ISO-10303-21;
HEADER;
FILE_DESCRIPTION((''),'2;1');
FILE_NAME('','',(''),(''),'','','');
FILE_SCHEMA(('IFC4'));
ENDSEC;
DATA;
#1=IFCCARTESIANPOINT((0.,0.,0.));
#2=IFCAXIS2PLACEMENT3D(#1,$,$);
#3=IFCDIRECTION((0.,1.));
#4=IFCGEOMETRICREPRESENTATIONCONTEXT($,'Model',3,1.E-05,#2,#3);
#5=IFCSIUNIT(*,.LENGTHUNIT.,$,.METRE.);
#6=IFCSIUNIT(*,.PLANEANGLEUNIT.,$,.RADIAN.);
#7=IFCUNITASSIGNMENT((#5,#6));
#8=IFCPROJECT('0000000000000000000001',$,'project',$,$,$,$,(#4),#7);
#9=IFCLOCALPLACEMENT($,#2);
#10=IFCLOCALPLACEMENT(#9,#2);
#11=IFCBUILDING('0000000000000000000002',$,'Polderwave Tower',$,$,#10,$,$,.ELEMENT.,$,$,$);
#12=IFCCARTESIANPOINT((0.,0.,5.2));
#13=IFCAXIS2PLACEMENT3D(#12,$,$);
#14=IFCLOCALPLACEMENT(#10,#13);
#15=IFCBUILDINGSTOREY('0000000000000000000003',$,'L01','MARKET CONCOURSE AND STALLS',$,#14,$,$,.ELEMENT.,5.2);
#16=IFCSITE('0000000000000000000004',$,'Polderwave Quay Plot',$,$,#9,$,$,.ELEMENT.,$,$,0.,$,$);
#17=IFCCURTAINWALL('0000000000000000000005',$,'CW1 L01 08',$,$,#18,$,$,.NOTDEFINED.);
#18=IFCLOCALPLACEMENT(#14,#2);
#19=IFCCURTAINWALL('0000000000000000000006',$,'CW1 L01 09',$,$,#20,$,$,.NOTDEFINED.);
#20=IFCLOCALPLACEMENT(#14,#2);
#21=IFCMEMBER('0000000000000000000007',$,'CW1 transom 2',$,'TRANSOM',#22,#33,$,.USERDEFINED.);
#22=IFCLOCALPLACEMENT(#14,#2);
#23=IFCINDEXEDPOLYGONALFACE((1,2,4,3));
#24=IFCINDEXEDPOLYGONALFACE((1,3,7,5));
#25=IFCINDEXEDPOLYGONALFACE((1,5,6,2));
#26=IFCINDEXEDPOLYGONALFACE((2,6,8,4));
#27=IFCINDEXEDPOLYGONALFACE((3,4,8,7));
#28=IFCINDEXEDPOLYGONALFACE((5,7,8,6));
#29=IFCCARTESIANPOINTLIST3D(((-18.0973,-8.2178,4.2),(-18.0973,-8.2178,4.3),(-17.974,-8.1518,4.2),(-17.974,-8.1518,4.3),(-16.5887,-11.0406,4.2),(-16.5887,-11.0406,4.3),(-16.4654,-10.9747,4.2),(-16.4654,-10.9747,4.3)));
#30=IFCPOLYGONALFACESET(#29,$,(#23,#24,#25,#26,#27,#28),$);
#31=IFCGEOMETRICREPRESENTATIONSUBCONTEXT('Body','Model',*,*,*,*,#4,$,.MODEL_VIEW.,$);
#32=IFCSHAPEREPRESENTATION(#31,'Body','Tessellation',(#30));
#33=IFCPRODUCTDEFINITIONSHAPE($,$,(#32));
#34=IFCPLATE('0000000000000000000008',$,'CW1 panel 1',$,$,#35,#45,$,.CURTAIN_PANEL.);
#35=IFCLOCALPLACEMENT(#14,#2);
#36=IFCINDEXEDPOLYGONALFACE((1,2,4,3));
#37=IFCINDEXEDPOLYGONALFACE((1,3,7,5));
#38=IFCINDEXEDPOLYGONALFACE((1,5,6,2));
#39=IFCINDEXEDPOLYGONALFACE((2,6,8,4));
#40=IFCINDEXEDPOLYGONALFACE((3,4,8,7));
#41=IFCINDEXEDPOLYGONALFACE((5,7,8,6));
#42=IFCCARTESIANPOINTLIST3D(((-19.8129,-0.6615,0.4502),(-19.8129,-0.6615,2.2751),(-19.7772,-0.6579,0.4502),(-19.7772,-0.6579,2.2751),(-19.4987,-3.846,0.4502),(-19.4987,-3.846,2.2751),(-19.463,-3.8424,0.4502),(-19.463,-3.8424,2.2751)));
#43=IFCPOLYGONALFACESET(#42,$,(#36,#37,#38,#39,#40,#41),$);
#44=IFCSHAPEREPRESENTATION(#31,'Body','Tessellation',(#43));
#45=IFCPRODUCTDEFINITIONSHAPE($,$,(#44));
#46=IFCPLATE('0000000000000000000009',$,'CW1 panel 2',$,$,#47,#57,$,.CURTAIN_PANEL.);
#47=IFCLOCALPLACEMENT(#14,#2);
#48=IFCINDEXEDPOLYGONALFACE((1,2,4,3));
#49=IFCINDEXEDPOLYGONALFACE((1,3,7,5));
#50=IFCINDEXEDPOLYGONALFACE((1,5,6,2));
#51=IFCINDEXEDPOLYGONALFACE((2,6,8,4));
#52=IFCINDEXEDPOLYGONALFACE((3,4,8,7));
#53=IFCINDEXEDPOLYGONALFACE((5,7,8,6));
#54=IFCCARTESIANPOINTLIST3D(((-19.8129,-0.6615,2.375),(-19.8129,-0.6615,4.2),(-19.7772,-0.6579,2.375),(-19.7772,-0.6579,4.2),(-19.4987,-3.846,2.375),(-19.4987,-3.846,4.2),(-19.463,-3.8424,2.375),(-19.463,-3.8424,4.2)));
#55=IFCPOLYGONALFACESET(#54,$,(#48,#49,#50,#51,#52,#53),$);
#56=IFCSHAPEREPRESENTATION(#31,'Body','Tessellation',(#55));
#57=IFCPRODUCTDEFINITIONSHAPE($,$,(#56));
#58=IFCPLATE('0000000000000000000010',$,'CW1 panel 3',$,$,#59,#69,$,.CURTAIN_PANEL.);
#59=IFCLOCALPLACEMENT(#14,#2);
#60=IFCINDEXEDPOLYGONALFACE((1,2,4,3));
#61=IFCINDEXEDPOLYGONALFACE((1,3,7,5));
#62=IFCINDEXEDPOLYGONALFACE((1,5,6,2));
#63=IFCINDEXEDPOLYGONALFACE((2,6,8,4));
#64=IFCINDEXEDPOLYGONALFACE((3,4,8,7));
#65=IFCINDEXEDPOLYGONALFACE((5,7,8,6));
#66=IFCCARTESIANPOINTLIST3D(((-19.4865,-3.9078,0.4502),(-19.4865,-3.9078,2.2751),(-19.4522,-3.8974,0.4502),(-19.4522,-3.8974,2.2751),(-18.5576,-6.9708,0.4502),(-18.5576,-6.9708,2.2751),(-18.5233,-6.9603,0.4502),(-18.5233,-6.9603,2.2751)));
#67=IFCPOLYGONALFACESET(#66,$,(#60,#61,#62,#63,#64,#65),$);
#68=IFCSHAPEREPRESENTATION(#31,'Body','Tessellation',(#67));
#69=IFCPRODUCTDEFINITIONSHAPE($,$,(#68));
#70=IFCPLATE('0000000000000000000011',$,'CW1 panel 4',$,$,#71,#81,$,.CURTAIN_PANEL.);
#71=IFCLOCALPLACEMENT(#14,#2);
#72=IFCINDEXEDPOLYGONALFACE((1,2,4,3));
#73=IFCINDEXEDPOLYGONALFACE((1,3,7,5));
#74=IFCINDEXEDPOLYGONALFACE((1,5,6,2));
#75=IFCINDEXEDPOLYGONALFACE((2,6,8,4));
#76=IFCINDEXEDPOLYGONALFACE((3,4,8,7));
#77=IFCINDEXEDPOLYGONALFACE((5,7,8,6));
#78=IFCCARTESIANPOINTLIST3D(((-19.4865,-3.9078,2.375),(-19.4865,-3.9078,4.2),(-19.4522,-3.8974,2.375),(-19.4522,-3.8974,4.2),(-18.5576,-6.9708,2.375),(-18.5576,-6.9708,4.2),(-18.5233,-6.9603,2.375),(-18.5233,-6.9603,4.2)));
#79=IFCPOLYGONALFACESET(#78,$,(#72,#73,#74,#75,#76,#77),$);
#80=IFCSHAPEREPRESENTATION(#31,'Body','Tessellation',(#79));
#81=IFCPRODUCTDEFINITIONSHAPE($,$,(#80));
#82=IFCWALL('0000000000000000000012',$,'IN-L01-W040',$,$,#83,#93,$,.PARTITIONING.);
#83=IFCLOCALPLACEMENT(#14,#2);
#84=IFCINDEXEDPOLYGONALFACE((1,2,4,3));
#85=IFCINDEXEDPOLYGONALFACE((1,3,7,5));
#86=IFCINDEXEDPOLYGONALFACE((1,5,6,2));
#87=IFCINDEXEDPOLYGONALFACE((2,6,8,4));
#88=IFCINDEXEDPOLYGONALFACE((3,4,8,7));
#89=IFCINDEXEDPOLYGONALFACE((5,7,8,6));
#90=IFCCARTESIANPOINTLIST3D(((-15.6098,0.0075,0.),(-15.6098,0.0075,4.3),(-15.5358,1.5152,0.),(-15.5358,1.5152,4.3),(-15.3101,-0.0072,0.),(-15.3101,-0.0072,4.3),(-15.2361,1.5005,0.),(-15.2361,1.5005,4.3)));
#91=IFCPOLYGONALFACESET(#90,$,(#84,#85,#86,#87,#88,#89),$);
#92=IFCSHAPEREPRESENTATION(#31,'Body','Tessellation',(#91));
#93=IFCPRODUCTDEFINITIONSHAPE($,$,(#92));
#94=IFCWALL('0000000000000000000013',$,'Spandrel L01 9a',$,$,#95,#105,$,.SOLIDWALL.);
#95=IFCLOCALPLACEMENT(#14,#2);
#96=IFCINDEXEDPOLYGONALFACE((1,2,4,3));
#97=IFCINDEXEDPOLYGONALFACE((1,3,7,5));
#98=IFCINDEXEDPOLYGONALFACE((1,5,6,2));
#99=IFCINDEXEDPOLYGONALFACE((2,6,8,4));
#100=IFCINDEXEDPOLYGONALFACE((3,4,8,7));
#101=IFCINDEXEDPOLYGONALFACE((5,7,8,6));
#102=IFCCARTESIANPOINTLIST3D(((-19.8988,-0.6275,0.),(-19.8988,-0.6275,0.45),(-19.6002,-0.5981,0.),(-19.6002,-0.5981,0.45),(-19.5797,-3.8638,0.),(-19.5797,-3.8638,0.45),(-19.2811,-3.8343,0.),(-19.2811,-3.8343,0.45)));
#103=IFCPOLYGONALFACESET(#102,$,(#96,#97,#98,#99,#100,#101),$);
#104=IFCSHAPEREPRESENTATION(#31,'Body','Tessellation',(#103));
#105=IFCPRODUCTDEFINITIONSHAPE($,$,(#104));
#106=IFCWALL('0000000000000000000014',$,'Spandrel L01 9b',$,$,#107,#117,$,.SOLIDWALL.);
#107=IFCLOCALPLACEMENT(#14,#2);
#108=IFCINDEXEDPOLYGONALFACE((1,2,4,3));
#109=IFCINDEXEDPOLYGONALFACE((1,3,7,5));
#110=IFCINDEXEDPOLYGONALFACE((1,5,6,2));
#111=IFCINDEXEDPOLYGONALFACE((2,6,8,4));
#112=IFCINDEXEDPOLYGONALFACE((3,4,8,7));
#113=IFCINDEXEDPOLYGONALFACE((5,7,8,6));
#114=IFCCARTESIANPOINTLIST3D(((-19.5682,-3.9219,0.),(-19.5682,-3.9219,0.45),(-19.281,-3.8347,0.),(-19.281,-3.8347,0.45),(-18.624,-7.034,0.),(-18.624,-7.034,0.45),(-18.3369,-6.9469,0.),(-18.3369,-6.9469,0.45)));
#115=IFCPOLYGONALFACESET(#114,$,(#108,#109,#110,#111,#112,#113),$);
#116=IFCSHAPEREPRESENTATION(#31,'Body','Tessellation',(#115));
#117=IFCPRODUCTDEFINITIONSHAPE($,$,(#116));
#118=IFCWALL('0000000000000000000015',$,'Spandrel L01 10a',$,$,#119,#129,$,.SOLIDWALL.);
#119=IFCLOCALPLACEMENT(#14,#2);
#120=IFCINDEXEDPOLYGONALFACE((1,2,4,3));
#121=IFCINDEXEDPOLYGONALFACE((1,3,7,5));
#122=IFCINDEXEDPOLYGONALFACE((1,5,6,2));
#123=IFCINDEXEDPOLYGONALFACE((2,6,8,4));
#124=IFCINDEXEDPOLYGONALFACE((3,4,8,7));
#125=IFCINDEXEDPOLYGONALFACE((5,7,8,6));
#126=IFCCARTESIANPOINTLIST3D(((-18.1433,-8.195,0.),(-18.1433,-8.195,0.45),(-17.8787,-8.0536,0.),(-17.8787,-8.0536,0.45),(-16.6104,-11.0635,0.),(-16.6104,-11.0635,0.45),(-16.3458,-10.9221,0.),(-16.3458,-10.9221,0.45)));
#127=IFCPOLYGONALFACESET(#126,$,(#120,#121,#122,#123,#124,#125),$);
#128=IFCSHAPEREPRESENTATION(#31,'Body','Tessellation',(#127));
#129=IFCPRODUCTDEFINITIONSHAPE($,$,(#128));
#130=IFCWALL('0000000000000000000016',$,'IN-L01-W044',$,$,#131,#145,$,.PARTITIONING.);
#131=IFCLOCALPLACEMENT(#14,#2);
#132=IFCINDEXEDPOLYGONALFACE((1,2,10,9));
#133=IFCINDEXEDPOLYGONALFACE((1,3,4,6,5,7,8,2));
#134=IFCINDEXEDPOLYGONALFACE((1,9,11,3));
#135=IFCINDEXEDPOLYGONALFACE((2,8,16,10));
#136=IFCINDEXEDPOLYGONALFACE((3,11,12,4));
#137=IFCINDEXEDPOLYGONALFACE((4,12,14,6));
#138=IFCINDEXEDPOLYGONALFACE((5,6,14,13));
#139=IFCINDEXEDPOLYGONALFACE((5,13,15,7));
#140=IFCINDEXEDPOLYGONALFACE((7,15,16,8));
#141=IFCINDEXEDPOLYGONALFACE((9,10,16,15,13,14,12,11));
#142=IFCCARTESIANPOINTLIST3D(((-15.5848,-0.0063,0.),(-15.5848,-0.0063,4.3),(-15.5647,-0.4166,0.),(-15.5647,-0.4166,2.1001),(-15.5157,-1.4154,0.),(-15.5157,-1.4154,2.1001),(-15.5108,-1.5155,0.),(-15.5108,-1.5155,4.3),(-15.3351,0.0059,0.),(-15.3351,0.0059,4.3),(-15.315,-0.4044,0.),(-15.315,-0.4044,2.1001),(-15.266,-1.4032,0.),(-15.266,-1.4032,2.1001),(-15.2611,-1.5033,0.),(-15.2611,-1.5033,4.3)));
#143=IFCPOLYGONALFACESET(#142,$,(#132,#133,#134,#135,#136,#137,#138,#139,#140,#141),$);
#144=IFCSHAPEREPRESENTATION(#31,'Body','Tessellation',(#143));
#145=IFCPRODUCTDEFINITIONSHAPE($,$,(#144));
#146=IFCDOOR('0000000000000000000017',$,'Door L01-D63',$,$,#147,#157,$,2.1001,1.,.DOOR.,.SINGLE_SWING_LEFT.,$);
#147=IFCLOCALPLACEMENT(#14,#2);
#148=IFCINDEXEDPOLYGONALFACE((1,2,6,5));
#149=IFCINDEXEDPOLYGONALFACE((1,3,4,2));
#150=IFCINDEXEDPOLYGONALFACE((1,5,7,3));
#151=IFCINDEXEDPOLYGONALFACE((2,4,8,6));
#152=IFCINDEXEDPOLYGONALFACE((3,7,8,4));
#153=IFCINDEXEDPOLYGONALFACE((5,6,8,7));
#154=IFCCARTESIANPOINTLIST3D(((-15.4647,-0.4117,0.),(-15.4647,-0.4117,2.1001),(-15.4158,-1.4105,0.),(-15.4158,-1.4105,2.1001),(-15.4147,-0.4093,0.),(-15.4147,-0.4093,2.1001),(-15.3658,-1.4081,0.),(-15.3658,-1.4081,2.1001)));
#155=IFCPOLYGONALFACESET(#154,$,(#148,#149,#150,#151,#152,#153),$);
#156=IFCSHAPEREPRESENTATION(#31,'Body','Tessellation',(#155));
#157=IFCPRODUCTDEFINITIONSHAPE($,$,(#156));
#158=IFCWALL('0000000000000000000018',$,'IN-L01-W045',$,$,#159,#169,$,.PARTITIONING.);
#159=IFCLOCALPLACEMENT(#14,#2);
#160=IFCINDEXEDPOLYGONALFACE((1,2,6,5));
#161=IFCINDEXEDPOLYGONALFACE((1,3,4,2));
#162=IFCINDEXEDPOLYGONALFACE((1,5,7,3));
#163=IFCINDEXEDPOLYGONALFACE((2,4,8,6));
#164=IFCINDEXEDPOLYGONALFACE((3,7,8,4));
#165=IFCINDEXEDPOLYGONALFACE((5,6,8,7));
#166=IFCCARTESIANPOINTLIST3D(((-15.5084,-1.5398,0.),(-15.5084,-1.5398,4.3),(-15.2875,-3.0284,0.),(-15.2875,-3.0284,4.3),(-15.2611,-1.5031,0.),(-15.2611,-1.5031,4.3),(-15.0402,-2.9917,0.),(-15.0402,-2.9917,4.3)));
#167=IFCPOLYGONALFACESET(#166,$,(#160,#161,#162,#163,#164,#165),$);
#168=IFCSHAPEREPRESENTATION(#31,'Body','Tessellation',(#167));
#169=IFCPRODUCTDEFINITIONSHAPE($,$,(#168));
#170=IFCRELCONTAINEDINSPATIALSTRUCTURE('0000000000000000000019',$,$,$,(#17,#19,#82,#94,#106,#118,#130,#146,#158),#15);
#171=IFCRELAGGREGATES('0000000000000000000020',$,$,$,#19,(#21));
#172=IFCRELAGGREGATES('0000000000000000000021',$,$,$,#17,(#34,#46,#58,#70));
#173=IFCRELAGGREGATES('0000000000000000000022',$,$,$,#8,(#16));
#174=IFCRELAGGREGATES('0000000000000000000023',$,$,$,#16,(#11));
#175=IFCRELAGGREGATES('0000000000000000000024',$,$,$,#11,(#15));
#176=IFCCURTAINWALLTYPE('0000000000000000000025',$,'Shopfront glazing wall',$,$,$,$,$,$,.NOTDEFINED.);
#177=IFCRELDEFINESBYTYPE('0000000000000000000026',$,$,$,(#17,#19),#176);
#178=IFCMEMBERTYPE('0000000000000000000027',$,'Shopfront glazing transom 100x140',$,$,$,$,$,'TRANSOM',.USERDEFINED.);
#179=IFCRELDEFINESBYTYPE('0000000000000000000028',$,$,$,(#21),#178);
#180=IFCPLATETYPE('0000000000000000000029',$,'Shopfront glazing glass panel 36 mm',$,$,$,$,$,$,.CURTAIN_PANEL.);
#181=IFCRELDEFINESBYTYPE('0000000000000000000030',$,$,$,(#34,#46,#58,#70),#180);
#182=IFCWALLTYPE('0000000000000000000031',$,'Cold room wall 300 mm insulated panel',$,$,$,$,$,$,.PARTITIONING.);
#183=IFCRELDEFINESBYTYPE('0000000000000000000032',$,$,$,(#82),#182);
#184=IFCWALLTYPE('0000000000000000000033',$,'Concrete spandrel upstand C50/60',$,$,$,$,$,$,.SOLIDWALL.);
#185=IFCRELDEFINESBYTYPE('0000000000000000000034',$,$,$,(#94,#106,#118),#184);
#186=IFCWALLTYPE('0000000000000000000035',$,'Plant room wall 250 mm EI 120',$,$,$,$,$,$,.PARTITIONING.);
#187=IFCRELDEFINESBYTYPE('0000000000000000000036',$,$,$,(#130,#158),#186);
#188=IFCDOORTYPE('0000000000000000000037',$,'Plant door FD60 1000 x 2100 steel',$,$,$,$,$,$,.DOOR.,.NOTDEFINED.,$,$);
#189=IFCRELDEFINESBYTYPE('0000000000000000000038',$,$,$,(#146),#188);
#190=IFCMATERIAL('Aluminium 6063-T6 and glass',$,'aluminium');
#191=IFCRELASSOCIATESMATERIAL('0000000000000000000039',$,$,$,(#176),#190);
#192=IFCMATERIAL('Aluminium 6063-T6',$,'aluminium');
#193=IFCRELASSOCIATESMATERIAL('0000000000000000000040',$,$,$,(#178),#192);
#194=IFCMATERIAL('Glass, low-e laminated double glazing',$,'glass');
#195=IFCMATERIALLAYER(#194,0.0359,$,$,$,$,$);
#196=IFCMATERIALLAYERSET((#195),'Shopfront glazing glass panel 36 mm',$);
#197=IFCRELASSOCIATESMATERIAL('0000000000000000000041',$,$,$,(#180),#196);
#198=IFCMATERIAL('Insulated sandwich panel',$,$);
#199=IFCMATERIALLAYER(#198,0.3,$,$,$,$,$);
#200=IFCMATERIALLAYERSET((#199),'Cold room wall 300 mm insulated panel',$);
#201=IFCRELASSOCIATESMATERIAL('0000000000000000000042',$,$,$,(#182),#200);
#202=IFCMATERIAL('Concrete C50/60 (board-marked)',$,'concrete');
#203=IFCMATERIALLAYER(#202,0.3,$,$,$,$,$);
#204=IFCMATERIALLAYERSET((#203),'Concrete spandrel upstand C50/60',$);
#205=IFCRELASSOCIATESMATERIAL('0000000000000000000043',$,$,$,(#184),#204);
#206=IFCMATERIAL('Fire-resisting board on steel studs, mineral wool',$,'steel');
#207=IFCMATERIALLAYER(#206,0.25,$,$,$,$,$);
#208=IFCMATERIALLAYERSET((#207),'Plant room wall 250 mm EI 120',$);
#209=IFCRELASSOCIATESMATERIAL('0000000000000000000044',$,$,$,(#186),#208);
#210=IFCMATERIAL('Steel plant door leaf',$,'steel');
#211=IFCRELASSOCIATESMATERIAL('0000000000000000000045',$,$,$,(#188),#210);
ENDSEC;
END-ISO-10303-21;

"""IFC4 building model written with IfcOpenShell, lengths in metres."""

from ifc_helpers import new_model, si_unit, direction, frame, frame_2d, origin, origin_2d, place, context, subcontext, project, spatial, rectangle, extrude, material, layer, layer_set, material_profile, profile_set, type_object, element, fill, aggregate, save


model = new_model("IFC4")

# Units and contexts
model_context = context("Model", 3, precision=1e-05, world=origin(), true_north=direction((0.0, 1.0)))
body_context = subcontext(model_context, "Body", "Model", "MODEL_VIEW")
ifc_project = project(units=[si_unit("LENGTHUNIT", "METRE"), si_unit("PLANEANGLEUNIT", "RADIAN")], contexts=[model_context])

# Site, building, storey
site_placement = place(None, origin())
site = spatial("IfcSite", under=ifc_project, at=site_placement, Name="Polderwave Quay Plot", CompositionType="ELEMENT", RefElevation=0.0)
building_placement = place(site_placement, origin())
building = spatial("IfcBuilding", under=site, at=building_placement, Name="Polderwave Tower", CompositionType="ELEMENT")
storey_placement = place(building_placement, frame((0.0, 0.0, 5.2)))
storey = spatial("IfcBuildingStorey", under=building, at=storey_placement, Name="L01", Description="MARKET CONCOURSE AND STALLS", CompositionType="ELEMENT", Elevation=5.2)

# Curtain wall
ifc_material_1 = material(Name="Aluminium 6063-T6 and glass", Category="aluminium")
curtain_wall_type = type_object("IfcCurtainWallType", Name="Shopfront glazing wall", PredefinedType="NOTDEFINED", material=ifc_material_1)
curtain_wall_1_placement = place(storey_placement, origin())
curtain_wall_1 = element("IfcCurtainWall", 1, at=curtain_wall_1_placement, inside=storey, type_object=curtain_wall_type, Name="CW1 L01 08", PredefinedType="NOTDEFINED")
ifc_material_2 = material(Name="Aluminium 6063-T6", Category="aluminium")

# Curtain wall
curtain_wall_2_placement = place(storey_placement, origin())
curtain_wall_2 = element("IfcCurtainWall", 2, at=curtain_wall_2_placement, inside=storey, type_object=curtain_wall_type, Name="CW1 L01 09", PredefinedType="NOTDEFINED")

# Member
ifc_material_profile_1 = material_profile(ifc_material_2, rectangle(XDim=0.1399, YDim=0.1001, at=origin_2d()), Name="AL 100x140")
ifc_profile_set_1 = profile_set([ifc_material_profile_1], Name="Aluminium 6063-T6")
member_type_1 = type_object("IfcMemberType", Name="Shopfront glazing transom 100x140", ElementType="TRANSOM", PredefinedType="USERDEFINED", material=ifc_profile_set_1)
member_1_placement = place(storey_placement, frame((-18.0356, -8.1848, 4.25), z_axis=(0.471336, -0.881954, 0.0), x_axis=(0.881954, 0.471336, 0.0)))
member_1 = element("IfcMember", 3, at=member_1_placement, type_object=member_type_1, Name="CW1 transom 2", ObjectType="TRANSOM", PredefinedType="USERDEFINED", context=body_context, shape_type="SweptSolid", body=[
    extrude(rectangle(XDim=0.1399, YDim=0.1001, at=origin_2d()), origin(), (0.0, 0.0, 1.0), 3.2007),
])
aggregate(curtain_wall_2, [member_1])

# Plates
ifc_material_3 = material(Name="Glass, low-e laminated double glazing", Category="glass")
ifc_layer_1 = layer(ifc_material_3, 0.0359)
ifc_layer_set_1 = layer_set([ifc_layer_1], Name="Shopfront glazing glass panel 36 mm")
plate_type = type_object("IfcPlateType", Name="Shopfront glazing glass panel 36 mm", PredefinedType="CURTAIN_PANEL", material=ifc_layer_set_1)
plate_1_placement = place(storey_placement, frame((-19.6379, -2.252, 0.4502), z_axis=(0.0, 0.0, 1.0), x_axis=(0.098179, -0.995169, 0.0)))
plate_1 = element("IfcPlate", 4, at=plate_1_placement, type_object=plate_type, Name="CW1 panel 1", PredefinedType="CURTAIN_PANEL", context=body_context, shape_type="SweptSolid", body=[
    extrude(rectangle(XDim=3.2, YDim=0.0359, at=origin_2d()), origin(), (0.0, 0.0, 1.0), 1.825),
])
plate_2_placement = place(storey_placement, frame((-19.6379, -2.252, 2.375), z_axis=(0.0, 0.0, 1.0), x_axis=(0.098179, -0.995169, 0.0)))
plate_2 = element("IfcPlate", 5, at=plate_2_placement, type_object=plate_type, Name="CW1 panel 2", PredefinedType="CURTAIN_PANEL", context=body_context, shape_type="SweptSolid", body=[
    extrude(rectangle(XDim=3.2, YDim=0.0359, at=origin_2d()), origin(), (0.0, 0.0, 1.0), 1.825),
])
plate_3_placement = place(storey_placement, frame((-19.0049, -5.4341, 0.4502), z_axis=(0.0, 0.0, 1.0), x_axis=(0.290218, -0.956961, 0.0)))
plate_3 = element("IfcPlate", 6, at=plate_3_placement, type_object=plate_type, Name="CW1 panel 3", PredefinedType="CURTAIN_PANEL", context=body_context, shape_type="SweptSolid", body=[
    extrude(rectangle(XDim=3.2007, YDim=0.0359, at=origin_2d()), origin(), (0.0, 0.0, 1.0), 1.825),
])
plate_4_placement = place(storey_placement, frame((-19.0049, -5.4341, 2.375), z_axis=(0.0, 0.0, 1.0), x_axis=(0.290218, -0.956961, 0.0)))
plate_4 = element("IfcPlate", 7, at=plate_4_placement, type_object=plate_type, Name="CW1 panel 4", PredefinedType="CURTAIN_PANEL", context=body_context, shape_type="SweptSolid", body=[
    extrude(rectangle(XDim=3.2007, YDim=0.0359, at=origin_2d()), origin(), (0.0, 0.0, 1.0), 1.825),
])
aggregate(curtain_wall_1, [plate_1, plate_2, plate_3, plate_4])

# Walls
ifc_material_4 = material(Name="Insulated sandwich panel")
ifc_layer_2 = layer(ifc_material_4, 0.3)
ifc_layer_set_2 = layer_set([ifc_layer_2], Name="Cold room wall 300 mm insulated panel")
wall_type_1 = type_object("IfcWallType", Name="Cold room wall 300 mm insulated panel", PredefinedType="PARTITIONING", material=ifc_layer_set_2)
wall_1_placement = place(storey_placement, frame((-15.46, 0.0, 0.0), z_axis=(0.0, 0.0, 1.0), x_axis=(0.049002, 0.998799, 0.0)))
element("IfcWall", 8, at=wall_1_placement, inside=storey, type_object=wall_type_1, Name="IN-L01-W040", PredefinedType="PARTITIONING", context=body_context, shape_type="SweptSolid", body=[
    extrude(rectangle(XDim=1.5095, YDim=0.3, at=frame_2d((0.7549, 0.0))), origin(), (0.0, 0.0, 1.0), 4.3),
])
ifc_material_5 = material(Name="Concrete C50/60 (board-marked)", Category="concrete")
ifc_layer_3 = layer(ifc_material_5, 0.3)
ifc_layer_set_3 = layer_set([ifc_layer_3], Name="Concrete spandrel upstand C50/60")
wall_type_2 = type_object("IfcWallType", Name="Concrete spandrel upstand C50/60", PredefinedType="SOLIDWALL", material=ifc_layer_set_3)
wall_2_placement = place(storey_placement, frame((-19.7495, -0.6128, 0.0), z_axis=(0.0, 0.0, 1.0), x_axis=(0.098121, -0.995174, 0.0)))
element("IfcWall", 9, at=wall_2_placement, inside=storey, type_object=wall_type_2, Name="Spandrel L01 9a", PredefinedType="SOLIDWALL", context=body_context, shape_type="SweptSolid", body=[
    extrude(rectangle(XDim=3.252, YDim=0.3, at=frame_2d((1.626, 0.0))), origin(), (0.0, 0.0, 1.0), 0.45),
])
wall_3_placement = place(storey_placement, frame((-19.4246, -3.8784, 0.0), z_axis=(0.0, 0.0, 1.0), x_axis=(0.290301, -0.956935, 0.0)))
element("IfcWall", 10, at=wall_3_placement, inside=storey, type_object=wall_type_2, Name="Spandrel L01 9b", PredefinedType="SOLIDWALL", context=body_context, shape_type="SweptSolid", body=[
    extrude(rectangle(XDim=3.2522, YDim=0.3, at=frame_2d((1.626, 0.0))), origin(), (0.0, 0.0, 1.0), 0.45),
])
wall_4_placement = place(storey_placement, frame((-18.011, -8.1243, 0.0), z_axis=(0.0, 0.0, 1.0), x_axis=(0.471309, -0.881968, 0.0)))
element("IfcWall", 11, at=wall_4_placement, inside=storey, type_object=wall_type_2, Name="Spandrel L01 10a", PredefinedType="SOLIDWALL", context=body_context, shape_type="SweptSolid", body=[
    extrude(rectangle(XDim=3.2524, YDim=0.3, at=frame_2d((1.6262, 0.0))), origin(), (0.0, 0.0, 1.0), 0.45),
])

# Wall, opening, door
ifc_material_6 = material(Name="Fire-resisting board on steel studs, mineral wool", Category="steel")
ifc_layer_4 = layer(ifc_material_6, 0.25)
ifc_layer_set_4 = layer_set([ifc_layer_4], Name="Plant room wall 250 mm EI 120")
wall_type_3 = type_object("IfcWallType", Name="Plant room wall 250 mm EI 120", PredefinedType="PARTITIONING", material=ifc_layer_set_4)
wall_5_placement = place(storey_placement, frame((-15.386, -1.5093, 0.0), z_axis=(0.0, 0.0, 1.0), x_axis=(-0.048954, 0.998801, 0.0)))
wall_5 = element("IfcWall", 12, at=wall_5_placement, inside=storey, type_object=wall_type_3, Name="IN-L01-W044", PredefinedType="PARTITIONING", context=body_context, shape_type="SweptSolid", body=[
    extrude(rectangle(XDim=1.511, YDim=0.25, at=frame_2d((0.7554, 0.0))), origin(), (0.0, 0.0, 1.0), 4.3),
])
opening_placement = place(wall_5_placement, frame((0.1001, 0.0, 0.0)))
opening = element("IfcOpeningElement", 13, at=opening_placement, cuts=wall_5, PredefinedType="OPENING", context=body_context, shape_type="SweptSolid", body=[
    extrude(rectangle(XDim=1.0, YDim=2.1001, at=frame_2d((0.5, 1.05))), frame((0.0, 0.135, 0.0), z_axis=(0.0, -1.0, 0.0), x_axis=(1.0, 0.0, 0.0)), (0.0, 0.0, 1.0), 0.27),
])
ifc_material_7 = material(Name="Steel plant door leaf", Category="steel")
door_type = type_object("IfcDoorType", Name="Plant door FD60 1000 x 2100 steel", OperationType="NOTDEFINED", PredefinedType="DOOR", material=ifc_material_7)
door_placement = place(opening_placement, origin())
door = element("IfcDoor", 14, at=door_placement, inside=storey, type_object=door_type, Name="Door L01-D63", OperationType="SINGLE_SWING_LEFT", OverallHeight=2.1001, OverallWidth=1.0, PredefinedType="DOOR", context=body_context, shape_type="SweptSolid", body=[
    extrude(rectangle(XDim=1.0, YDim=2.1001, at=frame_2d((0.5, 1.05))), frame((0.0, 0.0249, 0.0), z_axis=(0.0, -1.0, 0.0), x_axis=(1.0, 0.0, 0.0)), (0.0, 0.0, 1.0), 0.05),
])
fill(opening, door)

# Wall
wall_6_placement = place(storey_placement, frame((-15.1638, -3.01, 0.0), z_axis=(0.0, 0.0, 1.0), x_axis=(-0.146825, 0.989162, 0.0)))
element("IfcWall", 15, at=wall_6_placement, inside=storey, type_object=wall_type_3, Name="IN-L01-W045", PredefinedType="PARTITIONING", context=body_context, shape_type="SweptSolid", body=[
    extrude(rectangle(XDim=1.5049, YDim=0.25, at=frame_2d((0.7524, 0.0))), origin(), (0.0, 0.0, 1.0), 4.3),
])

save(model, "model.ifc")
